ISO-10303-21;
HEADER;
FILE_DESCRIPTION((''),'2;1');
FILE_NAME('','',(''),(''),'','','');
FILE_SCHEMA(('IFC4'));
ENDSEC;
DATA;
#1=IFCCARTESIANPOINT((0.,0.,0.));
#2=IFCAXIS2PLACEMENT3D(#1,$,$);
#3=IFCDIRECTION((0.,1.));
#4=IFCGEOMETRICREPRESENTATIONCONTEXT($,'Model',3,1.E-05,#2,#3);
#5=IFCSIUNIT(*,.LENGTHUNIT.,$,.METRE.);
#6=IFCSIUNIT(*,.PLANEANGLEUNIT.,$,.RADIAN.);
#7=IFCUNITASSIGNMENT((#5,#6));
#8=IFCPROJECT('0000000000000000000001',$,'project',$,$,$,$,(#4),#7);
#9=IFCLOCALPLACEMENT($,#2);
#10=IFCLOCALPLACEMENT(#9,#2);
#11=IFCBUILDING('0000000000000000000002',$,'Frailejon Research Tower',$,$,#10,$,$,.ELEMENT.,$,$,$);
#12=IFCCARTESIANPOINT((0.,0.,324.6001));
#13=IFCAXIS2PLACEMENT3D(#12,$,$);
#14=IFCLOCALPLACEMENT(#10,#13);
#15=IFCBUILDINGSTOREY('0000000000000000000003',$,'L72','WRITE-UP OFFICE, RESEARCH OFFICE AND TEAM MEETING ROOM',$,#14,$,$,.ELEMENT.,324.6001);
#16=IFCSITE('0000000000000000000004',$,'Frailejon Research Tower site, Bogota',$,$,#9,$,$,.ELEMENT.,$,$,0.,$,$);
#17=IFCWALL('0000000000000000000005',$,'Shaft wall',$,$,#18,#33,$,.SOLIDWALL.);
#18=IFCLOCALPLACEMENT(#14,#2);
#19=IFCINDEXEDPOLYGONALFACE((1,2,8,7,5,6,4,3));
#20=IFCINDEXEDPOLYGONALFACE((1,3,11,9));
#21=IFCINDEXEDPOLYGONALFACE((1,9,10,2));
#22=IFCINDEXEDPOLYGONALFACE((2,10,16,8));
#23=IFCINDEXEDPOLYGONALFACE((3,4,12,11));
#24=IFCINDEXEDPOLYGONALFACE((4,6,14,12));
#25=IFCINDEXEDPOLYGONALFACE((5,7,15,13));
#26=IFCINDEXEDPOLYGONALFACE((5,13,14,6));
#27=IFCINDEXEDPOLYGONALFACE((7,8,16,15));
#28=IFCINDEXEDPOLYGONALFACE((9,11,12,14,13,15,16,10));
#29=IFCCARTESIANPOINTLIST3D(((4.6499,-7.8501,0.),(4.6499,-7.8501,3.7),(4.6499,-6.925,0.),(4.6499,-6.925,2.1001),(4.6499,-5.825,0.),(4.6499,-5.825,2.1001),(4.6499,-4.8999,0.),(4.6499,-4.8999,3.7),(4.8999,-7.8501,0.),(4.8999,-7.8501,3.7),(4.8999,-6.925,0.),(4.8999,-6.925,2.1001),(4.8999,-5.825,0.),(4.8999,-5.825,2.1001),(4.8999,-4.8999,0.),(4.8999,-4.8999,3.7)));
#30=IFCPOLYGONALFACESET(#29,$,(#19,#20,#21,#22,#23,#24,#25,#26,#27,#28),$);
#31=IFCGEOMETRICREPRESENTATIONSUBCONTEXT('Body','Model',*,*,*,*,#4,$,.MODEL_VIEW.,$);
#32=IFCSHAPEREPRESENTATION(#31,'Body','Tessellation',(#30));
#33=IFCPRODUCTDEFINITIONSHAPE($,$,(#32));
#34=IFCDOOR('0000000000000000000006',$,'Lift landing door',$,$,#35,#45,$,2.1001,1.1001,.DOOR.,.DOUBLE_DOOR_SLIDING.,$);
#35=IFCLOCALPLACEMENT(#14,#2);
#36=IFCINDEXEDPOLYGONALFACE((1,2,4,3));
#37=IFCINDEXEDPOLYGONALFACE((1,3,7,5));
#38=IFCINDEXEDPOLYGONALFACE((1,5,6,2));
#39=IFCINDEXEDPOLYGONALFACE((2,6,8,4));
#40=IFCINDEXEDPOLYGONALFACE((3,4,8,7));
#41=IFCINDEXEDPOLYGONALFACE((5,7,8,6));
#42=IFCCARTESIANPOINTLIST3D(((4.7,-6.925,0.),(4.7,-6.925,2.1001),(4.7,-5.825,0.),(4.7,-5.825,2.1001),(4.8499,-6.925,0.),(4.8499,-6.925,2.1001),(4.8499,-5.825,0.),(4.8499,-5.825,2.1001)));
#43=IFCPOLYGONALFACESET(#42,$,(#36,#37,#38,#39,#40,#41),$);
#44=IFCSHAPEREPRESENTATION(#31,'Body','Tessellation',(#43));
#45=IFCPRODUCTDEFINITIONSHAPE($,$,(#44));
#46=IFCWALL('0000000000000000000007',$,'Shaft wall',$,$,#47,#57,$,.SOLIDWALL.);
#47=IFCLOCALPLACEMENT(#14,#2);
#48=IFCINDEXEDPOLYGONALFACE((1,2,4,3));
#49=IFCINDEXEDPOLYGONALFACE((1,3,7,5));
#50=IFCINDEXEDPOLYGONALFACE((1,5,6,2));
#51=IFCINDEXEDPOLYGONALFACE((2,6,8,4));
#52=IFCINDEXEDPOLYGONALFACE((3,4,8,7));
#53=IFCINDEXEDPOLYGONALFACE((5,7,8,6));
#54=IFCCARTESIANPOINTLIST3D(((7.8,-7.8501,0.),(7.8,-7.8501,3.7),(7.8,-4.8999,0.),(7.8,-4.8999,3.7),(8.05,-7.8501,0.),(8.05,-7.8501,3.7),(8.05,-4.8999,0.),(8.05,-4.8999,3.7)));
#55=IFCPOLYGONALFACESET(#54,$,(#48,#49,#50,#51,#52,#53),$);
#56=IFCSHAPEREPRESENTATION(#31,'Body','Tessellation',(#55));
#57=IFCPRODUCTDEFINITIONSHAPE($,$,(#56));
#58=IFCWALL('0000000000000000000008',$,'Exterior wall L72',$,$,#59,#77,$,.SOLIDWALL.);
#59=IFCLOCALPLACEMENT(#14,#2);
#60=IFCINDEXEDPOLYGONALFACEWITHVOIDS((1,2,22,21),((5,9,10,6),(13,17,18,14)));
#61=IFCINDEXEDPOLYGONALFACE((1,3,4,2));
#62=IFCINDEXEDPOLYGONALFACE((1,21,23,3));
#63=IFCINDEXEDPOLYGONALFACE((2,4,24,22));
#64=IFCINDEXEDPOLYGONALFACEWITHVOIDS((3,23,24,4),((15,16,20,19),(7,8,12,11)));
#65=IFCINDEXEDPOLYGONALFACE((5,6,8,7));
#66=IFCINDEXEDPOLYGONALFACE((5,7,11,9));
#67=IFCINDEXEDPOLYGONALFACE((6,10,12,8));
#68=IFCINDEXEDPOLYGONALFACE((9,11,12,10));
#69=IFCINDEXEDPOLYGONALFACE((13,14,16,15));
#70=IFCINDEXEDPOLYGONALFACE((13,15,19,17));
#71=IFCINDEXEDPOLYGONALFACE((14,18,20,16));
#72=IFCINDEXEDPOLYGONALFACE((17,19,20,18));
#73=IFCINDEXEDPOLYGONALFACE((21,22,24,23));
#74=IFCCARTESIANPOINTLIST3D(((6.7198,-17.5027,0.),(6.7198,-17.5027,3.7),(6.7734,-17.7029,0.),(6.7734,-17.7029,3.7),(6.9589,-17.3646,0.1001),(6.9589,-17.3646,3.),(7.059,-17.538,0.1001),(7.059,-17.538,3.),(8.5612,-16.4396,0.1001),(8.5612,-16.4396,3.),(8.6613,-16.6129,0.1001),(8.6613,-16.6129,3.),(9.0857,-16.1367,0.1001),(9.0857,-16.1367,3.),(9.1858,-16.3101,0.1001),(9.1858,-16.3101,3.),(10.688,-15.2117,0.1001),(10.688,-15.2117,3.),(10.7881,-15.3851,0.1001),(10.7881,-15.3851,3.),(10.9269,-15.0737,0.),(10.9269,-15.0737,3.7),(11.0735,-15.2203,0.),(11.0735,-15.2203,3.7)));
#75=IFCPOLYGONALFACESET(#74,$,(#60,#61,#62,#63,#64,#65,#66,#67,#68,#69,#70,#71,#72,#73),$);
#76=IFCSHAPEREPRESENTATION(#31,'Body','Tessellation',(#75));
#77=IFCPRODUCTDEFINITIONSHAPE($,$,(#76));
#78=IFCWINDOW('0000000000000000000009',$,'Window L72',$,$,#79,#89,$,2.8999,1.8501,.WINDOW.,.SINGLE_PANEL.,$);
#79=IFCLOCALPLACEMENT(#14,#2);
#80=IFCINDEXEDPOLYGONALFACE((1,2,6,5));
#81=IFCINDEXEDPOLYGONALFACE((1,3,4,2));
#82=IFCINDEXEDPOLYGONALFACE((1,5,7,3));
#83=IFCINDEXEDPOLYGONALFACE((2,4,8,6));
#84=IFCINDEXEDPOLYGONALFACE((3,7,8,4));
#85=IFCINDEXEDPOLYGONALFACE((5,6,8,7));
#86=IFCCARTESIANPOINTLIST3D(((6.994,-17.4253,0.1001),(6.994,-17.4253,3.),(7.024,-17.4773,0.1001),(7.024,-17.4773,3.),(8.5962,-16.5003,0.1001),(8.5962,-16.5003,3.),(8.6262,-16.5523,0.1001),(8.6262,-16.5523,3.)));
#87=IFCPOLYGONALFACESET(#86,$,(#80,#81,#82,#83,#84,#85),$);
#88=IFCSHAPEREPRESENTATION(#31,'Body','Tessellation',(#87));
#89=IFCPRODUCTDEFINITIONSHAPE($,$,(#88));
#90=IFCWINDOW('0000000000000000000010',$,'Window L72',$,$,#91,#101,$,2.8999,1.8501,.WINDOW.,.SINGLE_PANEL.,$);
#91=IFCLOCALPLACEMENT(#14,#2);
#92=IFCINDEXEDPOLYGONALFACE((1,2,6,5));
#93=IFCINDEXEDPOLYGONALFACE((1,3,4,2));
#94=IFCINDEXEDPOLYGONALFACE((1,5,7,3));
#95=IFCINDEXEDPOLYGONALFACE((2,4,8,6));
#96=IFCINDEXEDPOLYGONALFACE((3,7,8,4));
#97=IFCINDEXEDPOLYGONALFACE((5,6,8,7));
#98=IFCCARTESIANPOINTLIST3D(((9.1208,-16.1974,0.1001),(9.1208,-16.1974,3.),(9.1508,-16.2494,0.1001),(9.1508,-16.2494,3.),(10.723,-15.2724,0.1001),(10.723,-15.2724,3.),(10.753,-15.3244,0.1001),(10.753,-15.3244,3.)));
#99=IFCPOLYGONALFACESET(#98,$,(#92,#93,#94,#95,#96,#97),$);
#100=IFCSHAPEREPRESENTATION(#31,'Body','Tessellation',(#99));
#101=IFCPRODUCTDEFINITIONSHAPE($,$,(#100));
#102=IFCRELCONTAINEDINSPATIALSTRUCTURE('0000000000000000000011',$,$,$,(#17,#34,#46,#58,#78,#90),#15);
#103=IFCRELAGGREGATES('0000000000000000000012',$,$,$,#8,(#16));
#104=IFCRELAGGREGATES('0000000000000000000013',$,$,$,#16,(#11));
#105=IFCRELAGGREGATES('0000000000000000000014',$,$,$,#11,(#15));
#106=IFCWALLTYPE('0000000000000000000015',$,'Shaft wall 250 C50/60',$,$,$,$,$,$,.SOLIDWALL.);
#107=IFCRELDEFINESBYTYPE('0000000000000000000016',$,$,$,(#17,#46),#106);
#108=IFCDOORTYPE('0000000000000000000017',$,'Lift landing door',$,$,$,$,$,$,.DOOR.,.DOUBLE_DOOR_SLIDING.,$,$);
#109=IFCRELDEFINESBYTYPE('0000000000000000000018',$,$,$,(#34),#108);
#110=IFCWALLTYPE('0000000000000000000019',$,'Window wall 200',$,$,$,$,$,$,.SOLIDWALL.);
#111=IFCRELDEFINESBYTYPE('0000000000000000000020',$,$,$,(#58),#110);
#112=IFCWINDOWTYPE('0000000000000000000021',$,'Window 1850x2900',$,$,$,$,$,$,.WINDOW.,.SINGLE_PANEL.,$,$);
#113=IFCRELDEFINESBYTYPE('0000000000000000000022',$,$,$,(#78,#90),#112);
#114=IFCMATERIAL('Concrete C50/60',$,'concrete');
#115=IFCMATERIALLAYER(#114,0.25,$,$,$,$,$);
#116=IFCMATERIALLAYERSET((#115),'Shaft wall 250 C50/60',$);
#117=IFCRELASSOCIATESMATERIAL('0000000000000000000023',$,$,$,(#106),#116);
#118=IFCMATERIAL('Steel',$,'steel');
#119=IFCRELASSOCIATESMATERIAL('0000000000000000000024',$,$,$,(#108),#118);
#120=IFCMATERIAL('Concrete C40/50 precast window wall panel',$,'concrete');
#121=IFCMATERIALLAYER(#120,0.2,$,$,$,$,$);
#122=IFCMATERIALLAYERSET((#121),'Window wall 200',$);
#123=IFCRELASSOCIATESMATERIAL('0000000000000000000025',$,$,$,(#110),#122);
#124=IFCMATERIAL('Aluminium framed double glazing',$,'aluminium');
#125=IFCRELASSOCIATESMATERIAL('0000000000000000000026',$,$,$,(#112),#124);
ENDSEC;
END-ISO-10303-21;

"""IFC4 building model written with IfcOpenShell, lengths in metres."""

from ifc_helpers import new_model, si_unit, direction, frame, frame_2d, origin, place, context, subcontext, project, spatial, polyline, rectangle, outline, extrude, material, layer, layer_set, type_object, element, fill, save


model = new_model("IFC4")

# Units and contexts
model_context = context("Model", 3, precision=1e-05, world=origin(), true_north=direction((0.0, 1.0)))
body_context = subcontext(model_context, "Body", "Model", "MODEL_VIEW")
ifc_project = project(units=[si_unit("LENGTHUNIT", "METRE"), si_unit("PLANEANGLEUNIT", "RADIAN")], contexts=[model_context])

# Site, building, storey
site_placement = place(None, origin())
site = spatial("IfcSite", under=ifc_project, at=site_placement, Name="Frailejon Research Tower site, Bogota", CompositionType="ELEMENT", RefElevation=0.0)
building_placement = place(site_placement, origin())
building = spatial("IfcBuilding", under=site, at=building_placement, Name="Frailejon Research Tower", CompositionType="ELEMENT")
storey_placement = place(building_placement, frame((0.0, 0.0, 324.6001)))
storey = spatial("IfcBuildingStorey", under=building, at=storey_placement, Name="L72", Description="WRITE-UP OFFICE, RESEARCH OFFICE AND TEAM MEETING ROOM", CompositionType="ELEMENT", Elevation=324.6001)

# Wall, opening, door
ifc_material_1 = material(Name="Concrete C50/60", Category="concrete")
ifc_layer_1 = layer(ifc_material_1, 0.25)
ifc_layer_set_1 = layer_set([ifc_layer_1], Name="Shaft wall 250 C50/60")
wall_type_1 = type_object("IfcWallType", Name="Shaft wall 250 C50/60", PredefinedType="SOLIDWALL", material=ifc_layer_set_1)
ifc_material_2 = material(Name="Steel", Category="steel")
door_type_1 = type_object("IfcDoorType", Name="Lift landing door", OperationType="DOUBLE_DOOR_SLIDING", PredefinedType="DOOR", material=ifc_material_2)
wall_1_placement = place(storey_placement, frame((4.7749, -7.8501, 0.0), z_axis=(0.0, 0.0, 1.0), x_axis=(0.0, 1.0, 0.0)))
wall_1 = element("IfcWall", 1, at=wall_1_placement, inside=storey, type_object=wall_type_1, Name="Shaft wall", PredefinedType="SOLIDWALL", context=body_context, shape_type="SweptSolid", body=[
    extrude(rectangle(XDim=2.9502, YDim=0.25, at=frame_2d((1.4751, 0.0))), origin(), (0.0, 0.0, 1.0), 3.7),
])
opening_1_placement = place(wall_1_placement, frame((0.925, 0.0, 0.0)))
opening_1 = element("IfcOpeningElement", 2, at=opening_1_placement, cuts=wall_1, PredefinedType="OPENING", context=body_context, shape_type="SweptSolid", body=[
    extrude(rectangle(XDim=1.1001, YDim=2.1001, at=frame_2d((0.55, 1.05))), frame((0.0, 0.135, 0.0), z_axis=(0.0, -1.0, 0.0), x_axis=(1.0, 0.0, 0.0)), (0.0, 0.0, 1.0), 0.27),
])
door_1_placement = place(opening_1_placement, origin())
door_1 = element("IfcDoor", 3, at=door_1_placement, inside=storey, type_object=door_type_1, Name="Lift landing door", OperationType="DOUBLE_DOOR_SLIDING", OverallHeight=2.1001, OverallWidth=1.1001, PredefinedType="DOOR", context=body_context, shape_type="SweptSolid", body=[
    extrude(rectangle(XDim=1.1001, YDim=2.1001, at=frame_2d((0.55, 1.05))), frame((0.0, 0.075, 0.0), z_axis=(0.0, -1.0, 0.0), x_axis=(1.0, 0.0, 0.0)), (0.0, 0.0, 1.0), 0.1499),
])
fill(opening_1, door_1)

# Wall
wall_2_placement = place(storey_placement, frame((7.925, -7.8501, 0.0), z_axis=(0.0, 0.0, 1.0), x_axis=(0.0, 1.0, 0.0)))
element("IfcWall", 4, at=wall_2_placement, inside=storey, type_object=wall_type_1, Name="Shaft wall", PredefinedType="SOLIDWALL", context=body_context, shape_type="SweptSolid", body=[
    extrude(rectangle(XDim=2.9502, YDim=0.25, at=frame_2d((1.4751, 0.0))), origin(), (0.0, 0.0, 1.0), 3.7),
])

# Wall, openings, windows
ifc_material_3 = material(Name="Concrete C40/50 precast window wall panel", Category="concrete")
ifc_layer_2 = layer(ifc_material_3, 0.2)
ifc_layer_set_2 = layer_set([ifc_layer_2], Name="Window wall 200")
wall_type_2 = type_object("IfcWallType", Name="Window wall 200", PredefinedType="SOLIDWALL", material=ifc_layer_set_2)
wall_3_placement = place(storey_placement, frame((6.7466, -17.6028, 0.0), z_axis=(0.0, 0.0, 1.0), x_axis=(0.866029, 0.499994, 0.0)))
wall_3 = element("IfcWall", 5, at=wall_3_placement, inside=storey, type_object=wall_type_2, Name="Exterior wall L72", PredefinedType="SOLIDWALL", context=body_context, shape_type="SweptSolid", body=[
    extrude(outline(polyline([(-0.0269, -0.1001), (1.2144, -0.1001), (2.4558, -0.1001), (3.6973, -0.1001), (4.9385, -0.1001), (4.8848, 0.1001), (3.6704, 0.1001), (2.4558, 0.1001), (1.2412, 0.1001), (0.0269, 0.1001), (-0.0269, -0.1001)])), origin(), (0.0, 0.0, 1.0), 3.7),
])
opening_2_placement = place(wall_3_placement, frame((0.303, 0.0, 0.1001)))
opening_2 = element("IfcOpeningElement", 6, at=opening_2_placement, cuts=wall_3, PredefinedType="OPENING", context=body_context, shape_type="SweptSolid", body=[
    extrude(rectangle(XDim=1.8501, YDim=2.8999, at=frame_2d((0.925, 1.45))), frame((0.0, 0.1099, 0.0), z_axis=(0.0, -1.0, 0.0), x_axis=(1.0, 0.0, 0.0)), (0.0, 0.0, 1.0), 0.22),
])
opening_3_placement = place(wall_3_placement, frame((2.7588, 0.0, 0.1001)))
opening_3 = element("IfcOpeningElement", 7, at=opening_3_placement, cuts=wall_3, PredefinedType="OPENING", context=body_context, shape_type="SweptSolid", body=[
    extrude(rectangle(XDim=1.8501, YDim=2.8999, at=frame_2d((0.925, 1.45))), frame((0.0, 0.1099, 0.0), z_axis=(0.0, -1.0, 0.0), x_axis=(1.0, 0.0, 0.0)), (0.0, 0.0, 1.0), 0.22),
])
ifc_material_4 = material(Name="Aluminium framed double glazing", Category="aluminium")
window_type = type_object("IfcWindowType", Name="Window 1850x2900", PartitioningType="SINGLE_PANEL", PredefinedType="WINDOW", material=ifc_material_4)
window_1_placement = place(opening_2_placement, origin())
window_1 = element("IfcWindow", 8, at=window_1_placement, inside=storey, type_object=window_type, Name="Window L72", OverallHeight=2.8999, OverallWidth=1.8501, PartitioningType="SINGLE_PANEL", PredefinedType="WINDOW", context=body_context, shape_type="SweptSolid", body=[
    extrude(rectangle(XDim=1.8501, YDim=2.8999, at=frame_2d((0.925, 1.45))), frame((0.0, 0.03, 0.0), z_axis=(0.0, -1.0, 0.0), x_axis=(1.0, 0.0, 0.0)), (0.0, 0.0, 1.0), 0.0601),
])
fill(opening_2, window_1)
window_2_placement = place(opening_3_placement, origin())
window_2 = element("IfcWindow", 9, at=window_2_placement, inside=storey, type_object=window_type, Name="Window L72", OverallHeight=2.8999, OverallWidth=1.8501, PartitioningType="SINGLE_PANEL", PredefinedType="WINDOW", context=body_context, shape_type="SweptSolid", body=[
    extrude(rectangle(XDim=1.8501, YDim=2.8999, at=frame_2d((0.925, 1.45))), frame((0.0, 0.03, 0.0), z_axis=(0.0, -1.0, 0.0), x_axis=(1.0, 0.0, 0.0)), (0.0, 0.0, 1.0), 0.0601),
])
fill(opening_3, window_2)

save(model, "model.ifc")
